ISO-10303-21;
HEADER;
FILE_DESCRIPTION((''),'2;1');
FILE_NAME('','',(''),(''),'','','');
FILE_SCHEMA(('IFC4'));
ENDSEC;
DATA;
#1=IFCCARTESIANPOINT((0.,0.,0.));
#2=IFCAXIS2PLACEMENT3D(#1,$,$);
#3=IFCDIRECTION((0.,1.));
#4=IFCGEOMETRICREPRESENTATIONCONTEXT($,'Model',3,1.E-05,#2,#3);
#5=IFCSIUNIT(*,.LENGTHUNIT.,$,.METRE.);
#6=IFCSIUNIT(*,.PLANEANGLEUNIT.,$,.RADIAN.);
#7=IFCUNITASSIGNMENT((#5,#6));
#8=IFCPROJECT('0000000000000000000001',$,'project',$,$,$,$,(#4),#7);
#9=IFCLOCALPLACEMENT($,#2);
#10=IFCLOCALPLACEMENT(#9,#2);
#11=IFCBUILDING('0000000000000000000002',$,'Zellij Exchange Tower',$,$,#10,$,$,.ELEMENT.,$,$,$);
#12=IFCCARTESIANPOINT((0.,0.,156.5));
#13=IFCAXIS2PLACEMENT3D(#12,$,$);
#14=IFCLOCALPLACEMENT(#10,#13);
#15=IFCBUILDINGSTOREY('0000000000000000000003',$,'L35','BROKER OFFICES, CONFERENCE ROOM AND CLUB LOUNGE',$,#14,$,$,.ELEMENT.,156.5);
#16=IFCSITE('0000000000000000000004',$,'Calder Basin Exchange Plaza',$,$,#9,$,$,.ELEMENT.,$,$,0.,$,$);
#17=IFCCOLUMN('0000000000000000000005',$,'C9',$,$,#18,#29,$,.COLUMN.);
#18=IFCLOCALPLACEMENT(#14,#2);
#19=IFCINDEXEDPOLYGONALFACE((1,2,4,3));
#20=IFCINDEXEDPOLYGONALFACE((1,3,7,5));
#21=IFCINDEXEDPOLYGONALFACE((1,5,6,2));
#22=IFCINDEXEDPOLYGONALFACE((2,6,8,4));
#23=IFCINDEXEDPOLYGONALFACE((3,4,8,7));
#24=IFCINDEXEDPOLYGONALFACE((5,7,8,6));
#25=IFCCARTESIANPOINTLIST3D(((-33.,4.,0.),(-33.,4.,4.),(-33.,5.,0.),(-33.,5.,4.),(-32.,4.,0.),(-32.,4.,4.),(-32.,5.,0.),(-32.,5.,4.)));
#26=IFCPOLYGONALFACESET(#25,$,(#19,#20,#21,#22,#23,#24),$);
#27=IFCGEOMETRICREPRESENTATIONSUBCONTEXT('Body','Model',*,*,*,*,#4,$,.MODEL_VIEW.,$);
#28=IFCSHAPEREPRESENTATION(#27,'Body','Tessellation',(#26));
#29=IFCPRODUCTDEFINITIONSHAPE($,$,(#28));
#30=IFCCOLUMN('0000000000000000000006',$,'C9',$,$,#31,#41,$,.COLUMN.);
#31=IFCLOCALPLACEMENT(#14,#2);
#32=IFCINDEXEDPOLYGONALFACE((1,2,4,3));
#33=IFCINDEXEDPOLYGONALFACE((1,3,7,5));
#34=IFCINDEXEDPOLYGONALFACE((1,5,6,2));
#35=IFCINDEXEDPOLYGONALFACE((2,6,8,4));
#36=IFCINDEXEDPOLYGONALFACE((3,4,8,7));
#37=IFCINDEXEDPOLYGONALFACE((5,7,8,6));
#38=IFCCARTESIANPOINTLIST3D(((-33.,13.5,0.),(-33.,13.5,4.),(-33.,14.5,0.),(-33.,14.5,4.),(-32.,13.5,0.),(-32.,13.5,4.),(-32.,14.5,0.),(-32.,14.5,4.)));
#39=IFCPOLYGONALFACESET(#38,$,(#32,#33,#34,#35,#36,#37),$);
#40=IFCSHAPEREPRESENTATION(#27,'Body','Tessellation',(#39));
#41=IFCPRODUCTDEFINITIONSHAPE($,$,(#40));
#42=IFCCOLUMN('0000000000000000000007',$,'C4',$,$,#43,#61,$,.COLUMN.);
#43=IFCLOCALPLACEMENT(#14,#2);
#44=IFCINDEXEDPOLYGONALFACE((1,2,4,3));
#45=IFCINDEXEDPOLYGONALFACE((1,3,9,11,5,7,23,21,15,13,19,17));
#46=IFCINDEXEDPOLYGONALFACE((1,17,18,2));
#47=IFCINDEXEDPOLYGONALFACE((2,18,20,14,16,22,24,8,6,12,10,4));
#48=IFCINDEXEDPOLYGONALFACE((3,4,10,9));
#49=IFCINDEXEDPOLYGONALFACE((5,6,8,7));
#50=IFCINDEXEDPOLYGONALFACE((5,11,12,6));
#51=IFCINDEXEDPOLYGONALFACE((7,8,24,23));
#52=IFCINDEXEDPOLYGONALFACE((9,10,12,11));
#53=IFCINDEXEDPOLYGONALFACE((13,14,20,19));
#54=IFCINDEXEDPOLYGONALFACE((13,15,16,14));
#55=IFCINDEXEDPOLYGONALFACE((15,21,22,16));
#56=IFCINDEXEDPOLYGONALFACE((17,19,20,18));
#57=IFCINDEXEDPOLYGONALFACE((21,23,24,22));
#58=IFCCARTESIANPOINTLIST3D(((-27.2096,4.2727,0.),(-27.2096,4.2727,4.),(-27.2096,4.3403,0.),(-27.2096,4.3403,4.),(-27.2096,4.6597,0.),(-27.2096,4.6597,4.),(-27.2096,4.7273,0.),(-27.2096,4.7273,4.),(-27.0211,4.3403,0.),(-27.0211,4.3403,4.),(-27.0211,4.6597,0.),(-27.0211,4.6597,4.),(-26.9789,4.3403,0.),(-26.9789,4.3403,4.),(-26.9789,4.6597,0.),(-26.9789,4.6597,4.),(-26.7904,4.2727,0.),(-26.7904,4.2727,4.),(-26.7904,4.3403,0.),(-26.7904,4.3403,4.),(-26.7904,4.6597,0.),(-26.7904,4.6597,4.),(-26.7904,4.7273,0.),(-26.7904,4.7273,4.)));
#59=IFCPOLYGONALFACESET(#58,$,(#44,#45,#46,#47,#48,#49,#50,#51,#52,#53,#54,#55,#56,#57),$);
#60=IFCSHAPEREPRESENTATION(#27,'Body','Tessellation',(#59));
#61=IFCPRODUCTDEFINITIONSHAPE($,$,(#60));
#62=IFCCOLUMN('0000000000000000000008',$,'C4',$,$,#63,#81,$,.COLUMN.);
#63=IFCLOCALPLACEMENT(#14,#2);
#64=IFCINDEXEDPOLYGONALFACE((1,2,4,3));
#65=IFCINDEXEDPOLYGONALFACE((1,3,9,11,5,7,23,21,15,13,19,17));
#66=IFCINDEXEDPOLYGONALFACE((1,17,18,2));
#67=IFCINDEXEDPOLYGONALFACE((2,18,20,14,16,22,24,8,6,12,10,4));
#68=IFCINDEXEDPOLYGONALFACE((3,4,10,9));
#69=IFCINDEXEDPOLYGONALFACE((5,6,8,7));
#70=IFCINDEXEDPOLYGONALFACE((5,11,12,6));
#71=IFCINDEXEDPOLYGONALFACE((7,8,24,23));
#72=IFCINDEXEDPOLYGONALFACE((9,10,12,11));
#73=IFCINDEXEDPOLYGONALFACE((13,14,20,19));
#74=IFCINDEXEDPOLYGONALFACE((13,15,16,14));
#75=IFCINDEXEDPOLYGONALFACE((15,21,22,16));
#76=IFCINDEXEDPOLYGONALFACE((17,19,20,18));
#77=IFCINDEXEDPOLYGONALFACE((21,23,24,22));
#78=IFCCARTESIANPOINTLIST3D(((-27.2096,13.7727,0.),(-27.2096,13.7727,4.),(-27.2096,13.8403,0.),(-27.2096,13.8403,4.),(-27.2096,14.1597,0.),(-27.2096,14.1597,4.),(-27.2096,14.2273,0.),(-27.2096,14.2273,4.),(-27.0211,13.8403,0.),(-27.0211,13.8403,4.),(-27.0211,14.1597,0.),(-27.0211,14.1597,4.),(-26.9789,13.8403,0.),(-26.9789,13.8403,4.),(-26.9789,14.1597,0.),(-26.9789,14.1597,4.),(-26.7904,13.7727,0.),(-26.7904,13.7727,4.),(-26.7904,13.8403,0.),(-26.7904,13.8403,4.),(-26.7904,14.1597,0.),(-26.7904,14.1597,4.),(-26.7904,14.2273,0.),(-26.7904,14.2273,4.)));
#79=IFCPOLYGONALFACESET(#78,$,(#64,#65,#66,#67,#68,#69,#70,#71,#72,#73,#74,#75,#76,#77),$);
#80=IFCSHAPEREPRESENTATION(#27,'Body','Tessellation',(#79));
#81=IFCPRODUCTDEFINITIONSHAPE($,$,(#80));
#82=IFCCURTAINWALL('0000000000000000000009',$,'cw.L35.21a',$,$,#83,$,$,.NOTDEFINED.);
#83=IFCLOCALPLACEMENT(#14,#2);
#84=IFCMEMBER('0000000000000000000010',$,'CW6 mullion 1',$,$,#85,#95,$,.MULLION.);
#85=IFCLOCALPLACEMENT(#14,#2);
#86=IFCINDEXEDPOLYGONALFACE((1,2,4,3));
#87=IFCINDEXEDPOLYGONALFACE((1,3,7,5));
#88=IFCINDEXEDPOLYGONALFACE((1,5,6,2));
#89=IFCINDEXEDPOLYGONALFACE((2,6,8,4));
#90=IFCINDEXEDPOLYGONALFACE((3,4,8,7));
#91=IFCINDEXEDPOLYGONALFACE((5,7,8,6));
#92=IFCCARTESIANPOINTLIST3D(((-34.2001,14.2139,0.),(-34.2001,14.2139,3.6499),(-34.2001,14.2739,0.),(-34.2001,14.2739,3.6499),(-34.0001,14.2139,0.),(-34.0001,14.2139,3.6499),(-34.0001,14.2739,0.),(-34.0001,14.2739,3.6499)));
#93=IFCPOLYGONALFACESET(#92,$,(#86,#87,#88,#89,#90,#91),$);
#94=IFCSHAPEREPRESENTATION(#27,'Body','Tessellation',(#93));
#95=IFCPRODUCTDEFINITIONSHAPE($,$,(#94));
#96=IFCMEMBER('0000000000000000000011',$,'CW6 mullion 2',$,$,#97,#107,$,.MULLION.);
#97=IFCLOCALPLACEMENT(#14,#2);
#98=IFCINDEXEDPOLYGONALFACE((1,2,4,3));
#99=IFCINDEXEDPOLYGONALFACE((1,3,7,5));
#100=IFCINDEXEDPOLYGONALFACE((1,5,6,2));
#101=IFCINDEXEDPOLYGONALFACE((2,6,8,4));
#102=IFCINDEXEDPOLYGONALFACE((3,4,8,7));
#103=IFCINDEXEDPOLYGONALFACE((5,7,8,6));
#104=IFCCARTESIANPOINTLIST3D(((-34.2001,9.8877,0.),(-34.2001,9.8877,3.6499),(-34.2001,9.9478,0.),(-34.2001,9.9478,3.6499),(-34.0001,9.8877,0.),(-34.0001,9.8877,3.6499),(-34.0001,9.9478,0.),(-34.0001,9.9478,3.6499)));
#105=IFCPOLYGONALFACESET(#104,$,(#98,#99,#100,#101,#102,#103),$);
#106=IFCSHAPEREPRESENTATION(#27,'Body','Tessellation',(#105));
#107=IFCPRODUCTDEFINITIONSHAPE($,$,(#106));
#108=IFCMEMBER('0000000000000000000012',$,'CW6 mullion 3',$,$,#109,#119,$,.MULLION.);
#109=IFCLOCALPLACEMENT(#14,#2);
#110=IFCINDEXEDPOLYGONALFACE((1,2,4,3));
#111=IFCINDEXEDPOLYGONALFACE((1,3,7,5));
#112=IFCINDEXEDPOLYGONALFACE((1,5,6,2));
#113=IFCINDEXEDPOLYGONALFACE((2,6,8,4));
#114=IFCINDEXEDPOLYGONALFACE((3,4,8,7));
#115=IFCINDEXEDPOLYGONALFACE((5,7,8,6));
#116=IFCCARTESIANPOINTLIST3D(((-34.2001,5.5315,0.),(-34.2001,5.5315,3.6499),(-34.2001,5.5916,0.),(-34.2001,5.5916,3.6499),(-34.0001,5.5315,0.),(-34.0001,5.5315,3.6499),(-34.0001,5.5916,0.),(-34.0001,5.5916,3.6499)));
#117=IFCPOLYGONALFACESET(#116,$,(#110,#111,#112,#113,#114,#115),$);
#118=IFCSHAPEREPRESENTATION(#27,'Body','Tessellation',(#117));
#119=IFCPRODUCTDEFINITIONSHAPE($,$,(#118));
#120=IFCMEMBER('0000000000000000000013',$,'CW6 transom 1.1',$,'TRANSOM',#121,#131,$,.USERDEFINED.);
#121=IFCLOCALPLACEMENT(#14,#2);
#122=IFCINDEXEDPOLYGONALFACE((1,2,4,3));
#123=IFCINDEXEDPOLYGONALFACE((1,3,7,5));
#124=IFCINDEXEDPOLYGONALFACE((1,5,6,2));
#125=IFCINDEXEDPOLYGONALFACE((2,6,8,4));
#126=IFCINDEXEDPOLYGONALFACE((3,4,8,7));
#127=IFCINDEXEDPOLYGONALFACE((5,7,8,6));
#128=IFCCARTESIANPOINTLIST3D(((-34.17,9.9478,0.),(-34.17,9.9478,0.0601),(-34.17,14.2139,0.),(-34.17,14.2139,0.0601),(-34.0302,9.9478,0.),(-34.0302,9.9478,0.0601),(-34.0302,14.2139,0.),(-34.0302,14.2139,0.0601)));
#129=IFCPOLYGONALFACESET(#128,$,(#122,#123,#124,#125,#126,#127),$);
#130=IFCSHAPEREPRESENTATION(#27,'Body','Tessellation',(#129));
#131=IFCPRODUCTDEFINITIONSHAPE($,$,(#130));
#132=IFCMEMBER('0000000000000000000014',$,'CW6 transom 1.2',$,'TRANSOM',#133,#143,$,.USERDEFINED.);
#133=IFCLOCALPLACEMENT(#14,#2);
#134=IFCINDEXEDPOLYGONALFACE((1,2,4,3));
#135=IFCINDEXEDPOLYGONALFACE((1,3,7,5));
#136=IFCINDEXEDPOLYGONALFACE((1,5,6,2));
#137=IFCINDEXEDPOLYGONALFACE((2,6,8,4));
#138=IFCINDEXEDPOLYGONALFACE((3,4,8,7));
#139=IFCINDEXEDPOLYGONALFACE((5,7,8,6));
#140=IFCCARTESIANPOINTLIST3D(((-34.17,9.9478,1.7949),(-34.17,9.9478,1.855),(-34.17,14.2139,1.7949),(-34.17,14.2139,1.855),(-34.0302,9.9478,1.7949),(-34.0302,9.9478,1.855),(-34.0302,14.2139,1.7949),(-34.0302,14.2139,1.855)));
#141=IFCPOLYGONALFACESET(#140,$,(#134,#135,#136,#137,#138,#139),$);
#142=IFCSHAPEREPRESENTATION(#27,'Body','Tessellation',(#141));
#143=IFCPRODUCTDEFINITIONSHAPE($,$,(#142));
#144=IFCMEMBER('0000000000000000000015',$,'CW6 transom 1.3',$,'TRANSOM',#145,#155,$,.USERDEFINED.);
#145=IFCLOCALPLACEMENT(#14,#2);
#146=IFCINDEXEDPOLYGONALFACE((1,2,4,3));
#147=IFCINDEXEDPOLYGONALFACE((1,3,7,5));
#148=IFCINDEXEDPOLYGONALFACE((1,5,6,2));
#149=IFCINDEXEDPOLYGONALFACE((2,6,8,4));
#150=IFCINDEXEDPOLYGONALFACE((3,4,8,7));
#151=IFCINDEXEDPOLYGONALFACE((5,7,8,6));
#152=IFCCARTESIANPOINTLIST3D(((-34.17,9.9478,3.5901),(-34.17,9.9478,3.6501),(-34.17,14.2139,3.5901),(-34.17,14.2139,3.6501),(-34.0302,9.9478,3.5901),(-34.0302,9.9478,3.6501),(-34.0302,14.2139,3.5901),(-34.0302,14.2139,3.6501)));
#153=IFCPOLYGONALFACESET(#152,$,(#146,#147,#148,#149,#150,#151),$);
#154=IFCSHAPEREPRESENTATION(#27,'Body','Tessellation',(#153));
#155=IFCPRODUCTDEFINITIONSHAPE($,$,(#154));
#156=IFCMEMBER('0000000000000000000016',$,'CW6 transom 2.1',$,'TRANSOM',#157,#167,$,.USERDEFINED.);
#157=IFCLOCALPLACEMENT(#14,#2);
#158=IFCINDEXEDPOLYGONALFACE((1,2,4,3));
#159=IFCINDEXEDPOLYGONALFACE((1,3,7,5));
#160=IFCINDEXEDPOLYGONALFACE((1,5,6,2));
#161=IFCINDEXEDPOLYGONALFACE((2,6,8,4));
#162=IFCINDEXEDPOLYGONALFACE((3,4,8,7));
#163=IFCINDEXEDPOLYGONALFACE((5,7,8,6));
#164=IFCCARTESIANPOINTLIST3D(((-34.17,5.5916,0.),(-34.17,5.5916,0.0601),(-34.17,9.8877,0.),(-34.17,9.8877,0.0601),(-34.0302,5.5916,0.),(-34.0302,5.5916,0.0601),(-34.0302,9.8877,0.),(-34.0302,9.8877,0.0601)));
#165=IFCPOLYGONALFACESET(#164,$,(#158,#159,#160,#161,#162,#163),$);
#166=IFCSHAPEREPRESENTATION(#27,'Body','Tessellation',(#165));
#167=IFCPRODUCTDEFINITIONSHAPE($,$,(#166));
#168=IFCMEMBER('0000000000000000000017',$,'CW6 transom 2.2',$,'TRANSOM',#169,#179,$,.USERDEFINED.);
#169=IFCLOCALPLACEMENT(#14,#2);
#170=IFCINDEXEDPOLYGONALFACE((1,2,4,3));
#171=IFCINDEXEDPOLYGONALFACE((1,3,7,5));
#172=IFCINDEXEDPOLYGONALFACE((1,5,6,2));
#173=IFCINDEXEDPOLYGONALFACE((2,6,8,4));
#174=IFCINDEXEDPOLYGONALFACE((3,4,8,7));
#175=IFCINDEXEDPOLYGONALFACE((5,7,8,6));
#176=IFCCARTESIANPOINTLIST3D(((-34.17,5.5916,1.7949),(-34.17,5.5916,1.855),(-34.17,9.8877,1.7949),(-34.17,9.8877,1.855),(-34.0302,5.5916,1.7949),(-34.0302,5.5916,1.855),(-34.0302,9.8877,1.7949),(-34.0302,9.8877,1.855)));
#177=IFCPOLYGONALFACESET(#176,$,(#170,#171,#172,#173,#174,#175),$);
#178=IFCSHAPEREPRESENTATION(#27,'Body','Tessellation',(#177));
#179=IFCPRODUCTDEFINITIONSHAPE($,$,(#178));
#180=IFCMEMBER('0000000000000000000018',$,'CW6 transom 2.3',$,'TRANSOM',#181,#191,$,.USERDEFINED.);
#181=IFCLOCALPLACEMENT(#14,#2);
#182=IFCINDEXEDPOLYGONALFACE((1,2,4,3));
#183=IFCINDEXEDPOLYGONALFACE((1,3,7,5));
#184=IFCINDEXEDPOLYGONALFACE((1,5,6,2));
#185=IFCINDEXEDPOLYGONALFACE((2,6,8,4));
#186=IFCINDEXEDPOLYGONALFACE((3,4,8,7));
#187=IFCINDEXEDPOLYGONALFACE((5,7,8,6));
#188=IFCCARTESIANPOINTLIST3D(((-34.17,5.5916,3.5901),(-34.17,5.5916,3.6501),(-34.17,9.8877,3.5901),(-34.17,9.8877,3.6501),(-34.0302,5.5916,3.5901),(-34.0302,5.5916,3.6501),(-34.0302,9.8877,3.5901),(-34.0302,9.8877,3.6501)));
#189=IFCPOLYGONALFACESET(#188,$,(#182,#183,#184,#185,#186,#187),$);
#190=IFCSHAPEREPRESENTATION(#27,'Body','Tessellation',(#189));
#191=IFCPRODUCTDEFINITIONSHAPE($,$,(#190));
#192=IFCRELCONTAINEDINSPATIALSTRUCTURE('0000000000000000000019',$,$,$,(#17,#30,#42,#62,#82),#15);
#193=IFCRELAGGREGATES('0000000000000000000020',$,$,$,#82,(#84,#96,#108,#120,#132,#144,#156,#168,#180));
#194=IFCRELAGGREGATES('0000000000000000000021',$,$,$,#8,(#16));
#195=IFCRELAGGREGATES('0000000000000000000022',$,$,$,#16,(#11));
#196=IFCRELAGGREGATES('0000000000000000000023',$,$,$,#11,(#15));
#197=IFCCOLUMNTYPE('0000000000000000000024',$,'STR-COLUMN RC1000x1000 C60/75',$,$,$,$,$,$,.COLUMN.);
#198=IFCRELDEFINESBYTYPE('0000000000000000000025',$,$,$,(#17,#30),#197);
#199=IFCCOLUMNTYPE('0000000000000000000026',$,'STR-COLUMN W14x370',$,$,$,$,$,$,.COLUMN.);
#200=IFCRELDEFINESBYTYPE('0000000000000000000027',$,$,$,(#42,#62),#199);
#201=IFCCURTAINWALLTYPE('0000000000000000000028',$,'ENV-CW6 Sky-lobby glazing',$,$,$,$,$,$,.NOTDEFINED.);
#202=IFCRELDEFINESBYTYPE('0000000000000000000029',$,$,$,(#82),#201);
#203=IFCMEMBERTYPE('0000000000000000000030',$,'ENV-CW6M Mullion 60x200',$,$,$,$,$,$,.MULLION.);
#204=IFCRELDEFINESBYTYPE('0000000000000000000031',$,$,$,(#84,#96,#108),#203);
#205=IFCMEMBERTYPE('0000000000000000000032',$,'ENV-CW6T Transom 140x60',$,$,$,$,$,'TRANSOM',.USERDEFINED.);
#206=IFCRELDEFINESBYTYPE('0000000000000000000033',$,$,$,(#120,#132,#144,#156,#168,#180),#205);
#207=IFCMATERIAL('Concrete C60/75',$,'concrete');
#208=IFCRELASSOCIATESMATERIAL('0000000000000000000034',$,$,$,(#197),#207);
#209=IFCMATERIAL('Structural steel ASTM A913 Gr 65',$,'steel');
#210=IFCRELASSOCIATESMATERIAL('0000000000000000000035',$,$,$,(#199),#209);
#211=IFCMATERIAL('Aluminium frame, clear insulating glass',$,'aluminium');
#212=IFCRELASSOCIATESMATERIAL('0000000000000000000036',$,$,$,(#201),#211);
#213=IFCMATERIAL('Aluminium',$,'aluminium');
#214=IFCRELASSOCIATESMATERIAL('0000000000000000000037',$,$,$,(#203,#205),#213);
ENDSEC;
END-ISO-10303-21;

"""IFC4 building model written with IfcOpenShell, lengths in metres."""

from ifc_helpers import new_model, si_unit, direction, frame, origin, origin_2d, place, context, subcontext, project, spatial, rectangle, i_section, extrude, material, material_profile, profile_set, type_object, element, aggregate, save


model = new_model("IFC4")

# Units and contexts
model_context = context("Model", 3, precision=1e-05, world=origin(), true_north=direction((0.0, 1.0)))
body_context = subcontext(model_context, "Body", "Model", "MODEL_VIEW")
ifc_project = project(units=[si_unit("LENGTHUNIT", "METRE"), si_unit("PLANEANGLEUNIT", "RADIAN")], contexts=[model_context])

# Site, building, storey
site_placement = place(None, origin())
site = spatial("IfcSite", under=ifc_project, at=site_placement, Name="Calder Basin Exchange Plaza", CompositionType="ELEMENT", RefElevation=0.0)
building_placement = place(site_placement, origin())
building = spatial("IfcBuilding", under=site, at=building_placement, Name="Zellij Exchange Tower", CompositionType="ELEMENT")
storey_placement = place(building_placement, frame((0.0, 0.0, 156.5)))
storey = spatial("IfcBuildingStorey", under=building, at=storey_placement, Name="L35", Description="BROKER OFFICES, CONFERENCE ROOM AND CLUB LOUNGE", CompositionType="ELEMENT", Elevation=156.5)

# Columns
ifc_material_1 = material(Name="Concrete C60/75", Category="concrete")
ifc_material_profile_1 = material_profile(ifc_material_1, rectangle(XDim=1.0, YDim=1.0, at=origin_2d()), Name="STR-COLUMN RC1000x1000 C60/75")
ifc_profile_set_1 = profile_set([ifc_material_profile_1], Name="Concrete C60/75")
column_type_1 = type_object("IfcColumnType", Name="STR-COLUMN RC1000x1000 C60/75", PredefinedType="COLUMN", material=ifc_profile_set_1)
for number, where, z_axis, x_axis, name in (
    (1, (-32.5, 4.5, 0.0), (0.0, 0.0, 1.0), (1.0, 0.0, 0.0), "C9"),
    (2, (-32.5, 14.0, 0.0), (0.0, 0.0, 1.0), (1.0, 0.0, 0.0), "C9"),
):
    element("IfcColumn", number, at=place(storey_placement, frame(where, z_axis=z_axis, x_axis=x_axis)), inside=storey, type_object=column_type_1, Name=name, PredefinedType="COLUMN", context=body_context, shape_type="SweptSolid", body=[
        extrude(rectangle(XDim=1.0, YDim=1.0, at=origin_2d()), origin(), (0.0, 0.0, 1.0), 4.0),
    ])
ifc_material_2 = material(Name="Structural steel ASTM A913 Gr 65", Category="steel")
ifc_material_profile_2 = material_profile(ifc_material_2, i_section(OverallWidth=0.4192, OverallDepth=0.4546, WebThickness=0.0422, FlangeThickness=0.0676, at=origin_2d()), Name="W14x370")
ifc_profile_set_2 = profile_set([ifc_material_profile_2], Name="Structural steel ASTM A913 Gr 65")
column_type_2 = type_object("IfcColumnType", Name="STR-COLUMN W14x370", PredefinedType="COLUMN", material=ifc_profile_set_2)
for number, where, z_axis, x_axis, name in (
    (3, (-27.0, 4.5, 0.0), (0.0, 0.0, 1.0), (1.0, 0.0, 0.0), "C4"),
    (4, (-27.0, 14.0, 0.0), (0.0, 0.0, 1.0), (1.0, 0.0, 0.0), "C4"),
):
    element("IfcColumn", number, at=place(storey_placement, frame(where, z_axis=z_axis, x_axis=x_axis)), inside=storey, type_object=column_type_2, Name=name, PredefinedType="COLUMN", context=body_context, shape_type="SweptSolid", body=[
        extrude(i_section(OverallWidth=0.4192, OverallDepth=0.4546, WebThickness=0.0422, FlangeThickness=0.0676, at=origin_2d()), origin(), (0.0, 0.0, 1.0), 4.0),
    ])

# Curtain wall, members
ifc_material_3 = material(Name="Aluminium frame, clear insulating glass", Category="aluminium")
curtain_wall_type = type_object("IfcCurtainWallType", Name="ENV-CW6 Sky-lobby glazing", PredefinedType="NOTDEFINED", material=ifc_material_3)
curtain_wall_placement = place(storey_placement, origin())
curtain_wall = element("IfcCurtainWall", 5, at=curtain_wall_placement, inside=storey, type_object=curtain_wall_type, Name="cw.L35.21a", PredefinedType="NOTDEFINED")
ifc_material_4 = material(Name="Aluminium", Category="aluminium")
ifc_material_profile_3 = material_profile(ifc_material_4, rectangle(XDim=0.0601, YDim=0.2, at=origin_2d()), Name="AL 60x200")
ifc_profile_set_3 = profile_set([ifc_material_profile_3], Name="Aluminium")
member_type_1 = type_object("IfcMemberType", Name="ENV-CW6M Mullion 60x200", PredefinedType="MULLION", material=ifc_profile_set_3)
member_1_placement = place(storey_placement, frame((-34.1001, 14.2439, 0.0), z_axis=(0.0, 0.0, 1.0), x_axis=(0.0, -1.0, 0.0)))
member_1 = element("IfcMember", 6, at=member_1_placement, type_object=member_type_1, Name="CW6 mullion 1", PredefinedType="MULLION", context=body_context, shape_type="SweptSolid", body=[
    extrude(rectangle(XDim=0.0601, YDim=0.2, at=origin_2d()), origin(), (0.0, 0.0, 1.0), 3.6499),
])
member_2_placement = place(storey_placement, frame((-34.1001, 9.9177, 0.0), z_axis=(0.0, 0.0, 1.0), x_axis=(0.0, -1.0, 0.0)))
member_2 = element("IfcMember", 7, at=member_2_placement, type_object=member_type_1, Name="CW6 mullion 2", PredefinedType="MULLION", context=body_context, shape_type="SweptSolid", body=[
    extrude(rectangle(XDim=0.0601, YDim=0.2, at=origin_2d()), origin(), (0.0, 0.0, 1.0), 3.6499),
])
member_3_placement = place(storey_placement, frame((-34.1001, 5.5615, 0.0), z_axis=(0.0, 0.0, 1.0), x_axis=(0.0, -1.0, 0.0)))
member_3 = element("IfcMember", 8, at=member_3_placement, type_object=member_type_1, Name="CW6 mullion 3", PredefinedType="MULLION", context=body_context, shape_type="SweptSolid", body=[
    extrude(rectangle(XDim=0.0601, YDim=0.2, at=origin_2d()), origin(), (0.0, 0.0, 1.0), 3.6499),
])
ifc_material_profile_4 = material_profile(ifc_material_4, rectangle(XDim=0.1399, YDim=0.0601, at=origin_2d()), Name="AL 140x60")
ifc_profile_set_4 = profile_set([ifc_material_profile_4], Name="Aluminium")
member_type_2 = type_object("IfcMemberType", Name="ENV-CW6T Transom 140x60", ElementType="TRANSOM", PredefinedType="USERDEFINED", material=ifc_profile_set_4)
member_4_placement = place(storey_placement, frame((-34.1001, 14.2139, 0.03), z_axis=(0.0, -1.0, 0.0), x_axis=(1.0, 0.0, 0.0)))
member_4 = element("IfcMember", 9, at=member_4_placement, type_object=member_type_2, Name="CW6 transom 1.1", ObjectType="TRANSOM", PredefinedType="USERDEFINED", context=body_context, shape_type="SweptSolid", body=[
    extrude(rectangle(XDim=0.1399, YDim=0.0601, at=origin_2d()), origin(), (0.0, 0.0, 1.0), 4.2661),
])
member_5_placement = place(storey_placement, frame((-34.1001, 14.2139, 1.825), z_axis=(0.0, -1.0, 0.0), x_axis=(1.0, 0.0, 0.0)))
member_5 = element("IfcMember", 10, at=member_5_placement, type_object=member_type_2, Name="CW6 transom 1.2", ObjectType="TRANSOM", PredefinedType="USERDEFINED", context=body_context, shape_type="SweptSolid", body=[
    extrude(rectangle(XDim=0.1399, YDim=0.0601, at=origin_2d()), origin(), (0.0, 0.0, 1.0), 4.2661),
])
member_6_placement = place(storey_placement, frame((-34.1001, 14.2139, 3.6201), z_axis=(0.0, -1.0, 0.0), x_axis=(1.0, 0.0, 0.0)))
member_6 = element("IfcMember", 11, at=member_6_placement, type_object=member_type_2, Name="CW6 transom 1.3", ObjectType="TRANSOM", PredefinedType="USERDEFINED", context=body_context, shape_type="SweptSolid", body=[
    extrude(rectangle(XDim=0.1399, YDim=0.0601, at=origin_2d()), origin(), (0.0, 0.0, 1.0), 4.2661),
])
member_7_placement = place(storey_placement, frame((-34.1001, 9.8877, 0.03), z_axis=(0.0, -1.0, 0.0), x_axis=(1.0, 0.0, 0.0)))
member_7 = element("IfcMember", 12, at=member_7_placement, type_object=member_type_2, Name="CW6 transom 2.1", ObjectType="TRANSOM", PredefinedType="USERDEFINED", context=body_context, shape_type="SweptSolid", body=[
    extrude(rectangle(XDim=0.1399, YDim=0.0601, at=origin_2d()), origin(), (0.0, 0.0, 1.0), 4.2961),
])
member_8_placement = place(storey_placement, frame((-34.1001, 9.8877, 1.825), z_axis=(0.0, -1.0, 0.0), x_axis=(1.0, 0.0, 0.0)))
member_8 = element("IfcMember", 13, at=member_8_placement, type_object=member_type_2, Name="CW6 transom 2.2", ObjectType="TRANSOM", PredefinedType="USERDEFINED", context=body_context, shape_type="SweptSolid", body=[
    extrude(rectangle(XDim=0.1399, YDim=0.0601, at=origin_2d()), origin(), (0.0, 0.0, 1.0), 4.2961),
])
member_9_placement = place(storey_placement, frame((-34.1001, 9.8877, 3.6201), z_axis=(0.0, -1.0, 0.0), x_axis=(1.0, 0.0, 0.0)))
member_9 = element("IfcMember", 14, at=member_9_placement, type_object=member_type_2, Name="CW6 transom 2.3", ObjectType="TRANSOM", PredefinedType="USERDEFINED", context=body_context, shape_type="SweptSolid", body=[
    extrude(rectangle(XDim=0.1399, YDim=0.0601, at=origin_2d()), origin(), (0.0, 0.0, 1.0), 4.2961),
])

aggregate(curtain_wall, [member_1, member_2, member_3, member_4, member_5, member_6, member_7, member_8, member_9])

save(model, "model.ifc")
